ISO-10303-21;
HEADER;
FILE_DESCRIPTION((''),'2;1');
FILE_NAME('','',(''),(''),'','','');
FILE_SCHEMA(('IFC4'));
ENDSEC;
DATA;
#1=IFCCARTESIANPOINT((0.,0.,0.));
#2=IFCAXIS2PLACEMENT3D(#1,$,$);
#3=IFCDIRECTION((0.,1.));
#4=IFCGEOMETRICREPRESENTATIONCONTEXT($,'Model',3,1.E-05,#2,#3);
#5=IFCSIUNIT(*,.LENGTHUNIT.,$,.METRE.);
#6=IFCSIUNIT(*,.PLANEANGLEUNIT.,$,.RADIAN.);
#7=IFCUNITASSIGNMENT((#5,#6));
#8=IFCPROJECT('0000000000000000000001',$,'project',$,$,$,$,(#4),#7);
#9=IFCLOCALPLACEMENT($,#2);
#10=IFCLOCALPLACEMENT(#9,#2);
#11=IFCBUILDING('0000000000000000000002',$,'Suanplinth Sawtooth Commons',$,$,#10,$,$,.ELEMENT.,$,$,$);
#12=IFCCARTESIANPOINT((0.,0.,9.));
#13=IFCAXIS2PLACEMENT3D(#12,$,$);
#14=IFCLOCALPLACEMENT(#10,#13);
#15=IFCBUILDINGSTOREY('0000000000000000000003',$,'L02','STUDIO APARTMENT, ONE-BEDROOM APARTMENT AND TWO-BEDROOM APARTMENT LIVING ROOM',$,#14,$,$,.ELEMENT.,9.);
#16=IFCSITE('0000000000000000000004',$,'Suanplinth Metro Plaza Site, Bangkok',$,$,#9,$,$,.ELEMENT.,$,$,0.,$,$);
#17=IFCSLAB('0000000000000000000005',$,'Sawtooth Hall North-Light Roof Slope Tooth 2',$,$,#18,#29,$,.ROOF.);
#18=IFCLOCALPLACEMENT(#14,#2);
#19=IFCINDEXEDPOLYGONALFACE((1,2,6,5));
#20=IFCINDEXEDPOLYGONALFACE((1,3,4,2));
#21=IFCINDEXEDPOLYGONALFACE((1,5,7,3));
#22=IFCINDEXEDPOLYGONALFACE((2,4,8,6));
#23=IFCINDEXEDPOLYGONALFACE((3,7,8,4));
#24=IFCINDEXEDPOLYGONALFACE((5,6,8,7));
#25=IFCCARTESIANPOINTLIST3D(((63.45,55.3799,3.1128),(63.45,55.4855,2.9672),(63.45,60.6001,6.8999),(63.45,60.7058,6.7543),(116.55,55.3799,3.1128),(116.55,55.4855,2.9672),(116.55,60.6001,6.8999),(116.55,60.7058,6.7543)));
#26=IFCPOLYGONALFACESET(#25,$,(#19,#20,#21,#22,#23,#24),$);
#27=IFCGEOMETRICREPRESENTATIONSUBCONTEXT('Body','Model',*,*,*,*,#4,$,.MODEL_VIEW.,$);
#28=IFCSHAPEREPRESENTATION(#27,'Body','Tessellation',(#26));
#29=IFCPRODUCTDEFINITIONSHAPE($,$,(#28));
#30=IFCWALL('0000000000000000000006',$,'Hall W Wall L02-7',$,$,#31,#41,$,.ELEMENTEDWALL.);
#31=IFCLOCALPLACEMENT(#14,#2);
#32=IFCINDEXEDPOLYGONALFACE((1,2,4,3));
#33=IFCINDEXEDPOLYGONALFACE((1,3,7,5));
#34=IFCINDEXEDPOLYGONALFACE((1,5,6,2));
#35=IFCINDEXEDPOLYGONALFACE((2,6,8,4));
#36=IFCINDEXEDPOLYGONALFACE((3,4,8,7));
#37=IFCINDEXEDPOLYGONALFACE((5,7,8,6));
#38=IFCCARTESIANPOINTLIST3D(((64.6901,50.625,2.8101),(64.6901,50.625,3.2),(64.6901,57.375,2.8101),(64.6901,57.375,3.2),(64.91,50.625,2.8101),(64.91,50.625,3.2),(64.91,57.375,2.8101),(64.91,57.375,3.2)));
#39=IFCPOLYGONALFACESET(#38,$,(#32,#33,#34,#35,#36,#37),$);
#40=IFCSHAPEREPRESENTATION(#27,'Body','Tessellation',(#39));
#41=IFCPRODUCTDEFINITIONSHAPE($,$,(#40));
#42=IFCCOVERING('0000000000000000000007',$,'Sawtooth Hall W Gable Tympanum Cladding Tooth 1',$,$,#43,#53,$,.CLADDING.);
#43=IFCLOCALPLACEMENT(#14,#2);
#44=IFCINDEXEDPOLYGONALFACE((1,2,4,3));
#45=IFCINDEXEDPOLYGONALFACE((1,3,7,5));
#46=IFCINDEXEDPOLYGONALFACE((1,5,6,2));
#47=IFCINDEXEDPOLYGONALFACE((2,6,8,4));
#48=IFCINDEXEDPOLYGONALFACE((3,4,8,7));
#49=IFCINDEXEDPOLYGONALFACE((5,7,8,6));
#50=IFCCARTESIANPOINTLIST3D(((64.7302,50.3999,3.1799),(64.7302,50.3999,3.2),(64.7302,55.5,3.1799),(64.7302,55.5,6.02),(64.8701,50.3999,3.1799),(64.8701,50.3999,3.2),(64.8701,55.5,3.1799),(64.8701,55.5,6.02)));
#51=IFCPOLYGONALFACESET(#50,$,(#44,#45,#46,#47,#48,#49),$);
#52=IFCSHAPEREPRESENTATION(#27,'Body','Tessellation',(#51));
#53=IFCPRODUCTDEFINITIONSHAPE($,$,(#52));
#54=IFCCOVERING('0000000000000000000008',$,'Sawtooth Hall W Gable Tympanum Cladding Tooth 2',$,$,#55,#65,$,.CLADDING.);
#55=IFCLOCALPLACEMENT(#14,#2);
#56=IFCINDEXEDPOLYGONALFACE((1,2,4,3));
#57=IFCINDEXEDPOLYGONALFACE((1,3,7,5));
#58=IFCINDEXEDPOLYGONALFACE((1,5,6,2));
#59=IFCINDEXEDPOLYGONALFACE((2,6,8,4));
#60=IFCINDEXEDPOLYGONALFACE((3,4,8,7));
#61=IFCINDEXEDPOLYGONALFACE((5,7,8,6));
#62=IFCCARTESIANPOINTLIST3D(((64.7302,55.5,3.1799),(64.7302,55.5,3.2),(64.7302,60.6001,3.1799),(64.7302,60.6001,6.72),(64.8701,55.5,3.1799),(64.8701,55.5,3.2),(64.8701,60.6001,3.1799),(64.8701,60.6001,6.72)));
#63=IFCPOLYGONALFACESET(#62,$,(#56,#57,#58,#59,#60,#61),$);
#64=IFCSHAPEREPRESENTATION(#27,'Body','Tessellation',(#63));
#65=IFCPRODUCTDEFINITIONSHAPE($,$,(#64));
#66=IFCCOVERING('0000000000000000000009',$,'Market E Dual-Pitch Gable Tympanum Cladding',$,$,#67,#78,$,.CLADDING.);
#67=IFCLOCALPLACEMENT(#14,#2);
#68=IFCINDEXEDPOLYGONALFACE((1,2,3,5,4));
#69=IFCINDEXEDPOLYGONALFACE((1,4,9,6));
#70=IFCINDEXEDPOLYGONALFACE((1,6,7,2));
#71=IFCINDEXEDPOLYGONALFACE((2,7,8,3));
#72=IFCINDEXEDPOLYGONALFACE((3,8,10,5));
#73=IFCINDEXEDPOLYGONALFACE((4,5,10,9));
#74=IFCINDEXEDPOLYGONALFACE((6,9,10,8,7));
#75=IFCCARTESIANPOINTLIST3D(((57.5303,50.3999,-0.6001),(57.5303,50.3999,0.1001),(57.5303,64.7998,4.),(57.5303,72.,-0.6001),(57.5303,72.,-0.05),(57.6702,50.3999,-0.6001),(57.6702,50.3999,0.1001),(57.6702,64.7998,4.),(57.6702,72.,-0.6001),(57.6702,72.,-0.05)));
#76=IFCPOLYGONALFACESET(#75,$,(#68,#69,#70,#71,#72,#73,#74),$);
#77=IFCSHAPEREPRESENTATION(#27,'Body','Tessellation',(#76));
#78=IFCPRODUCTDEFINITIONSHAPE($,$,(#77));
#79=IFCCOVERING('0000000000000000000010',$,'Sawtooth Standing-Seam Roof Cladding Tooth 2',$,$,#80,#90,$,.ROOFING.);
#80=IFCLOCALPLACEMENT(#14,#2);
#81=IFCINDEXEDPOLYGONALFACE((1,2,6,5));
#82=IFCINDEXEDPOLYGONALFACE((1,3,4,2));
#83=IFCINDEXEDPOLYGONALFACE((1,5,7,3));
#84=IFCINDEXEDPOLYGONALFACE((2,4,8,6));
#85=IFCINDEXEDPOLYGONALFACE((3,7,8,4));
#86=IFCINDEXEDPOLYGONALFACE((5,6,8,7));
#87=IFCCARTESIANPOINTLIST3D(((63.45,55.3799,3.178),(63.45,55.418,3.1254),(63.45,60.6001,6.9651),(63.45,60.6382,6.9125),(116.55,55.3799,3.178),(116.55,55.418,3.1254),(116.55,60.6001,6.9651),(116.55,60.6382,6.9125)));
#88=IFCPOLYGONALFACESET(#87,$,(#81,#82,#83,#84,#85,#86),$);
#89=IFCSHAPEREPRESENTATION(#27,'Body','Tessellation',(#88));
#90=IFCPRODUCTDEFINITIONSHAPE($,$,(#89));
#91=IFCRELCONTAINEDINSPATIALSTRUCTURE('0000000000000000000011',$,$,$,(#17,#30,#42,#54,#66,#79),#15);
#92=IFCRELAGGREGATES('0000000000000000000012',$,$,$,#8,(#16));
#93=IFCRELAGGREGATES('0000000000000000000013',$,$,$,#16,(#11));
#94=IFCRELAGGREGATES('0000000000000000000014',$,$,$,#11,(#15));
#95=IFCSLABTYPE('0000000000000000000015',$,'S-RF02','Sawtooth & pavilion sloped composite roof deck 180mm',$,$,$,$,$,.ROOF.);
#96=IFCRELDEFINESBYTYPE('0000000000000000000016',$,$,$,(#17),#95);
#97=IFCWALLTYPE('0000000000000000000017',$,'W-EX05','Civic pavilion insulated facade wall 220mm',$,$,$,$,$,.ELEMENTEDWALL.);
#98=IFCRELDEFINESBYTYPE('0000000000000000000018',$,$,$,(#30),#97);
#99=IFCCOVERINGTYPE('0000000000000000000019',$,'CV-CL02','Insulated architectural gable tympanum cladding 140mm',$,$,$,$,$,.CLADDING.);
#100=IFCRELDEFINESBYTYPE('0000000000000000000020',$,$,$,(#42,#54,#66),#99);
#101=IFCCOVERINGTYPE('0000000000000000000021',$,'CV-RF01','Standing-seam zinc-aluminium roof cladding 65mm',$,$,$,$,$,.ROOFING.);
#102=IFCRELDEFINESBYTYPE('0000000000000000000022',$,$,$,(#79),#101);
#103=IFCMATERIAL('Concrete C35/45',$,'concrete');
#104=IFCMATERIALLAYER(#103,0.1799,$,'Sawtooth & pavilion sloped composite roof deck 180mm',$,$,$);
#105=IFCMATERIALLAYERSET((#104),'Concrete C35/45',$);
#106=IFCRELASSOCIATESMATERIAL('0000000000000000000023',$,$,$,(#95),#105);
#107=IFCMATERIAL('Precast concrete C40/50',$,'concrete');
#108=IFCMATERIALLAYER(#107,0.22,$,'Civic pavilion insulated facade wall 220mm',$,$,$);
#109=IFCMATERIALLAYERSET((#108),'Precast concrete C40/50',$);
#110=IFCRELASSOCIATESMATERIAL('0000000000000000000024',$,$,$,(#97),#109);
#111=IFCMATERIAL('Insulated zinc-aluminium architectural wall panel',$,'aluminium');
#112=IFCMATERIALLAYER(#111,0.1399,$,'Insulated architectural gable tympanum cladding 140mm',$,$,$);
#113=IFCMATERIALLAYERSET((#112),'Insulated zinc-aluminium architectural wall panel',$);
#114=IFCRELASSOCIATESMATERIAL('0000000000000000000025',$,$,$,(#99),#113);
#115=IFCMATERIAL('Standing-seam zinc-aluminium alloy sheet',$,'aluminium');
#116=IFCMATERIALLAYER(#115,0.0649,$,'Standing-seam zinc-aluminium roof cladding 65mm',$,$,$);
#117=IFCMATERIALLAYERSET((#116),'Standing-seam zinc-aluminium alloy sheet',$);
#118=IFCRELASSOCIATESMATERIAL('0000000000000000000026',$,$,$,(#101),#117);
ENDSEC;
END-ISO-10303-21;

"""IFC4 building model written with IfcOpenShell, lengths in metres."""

from ifc_helpers import new_model, si_unit, direction, frame, frame_2d, origin, place, context, subcontext, project, spatial, polyline, rectangle, outline, extrude, material, layer, layer_set, type_object, element, save


model = new_model("IFC4")

# Units and contexts
model_context = context("Model", 3, precision=1e-05, world=origin(), true_north=direction((0.0, 1.0)))
body_context = subcontext(model_context, "Body", "Model", "MODEL_VIEW")
ifc_project = project(units=[si_unit("LENGTHUNIT", "METRE"), si_unit("PLANEANGLEUNIT", "RADIAN")], contexts=[model_context])

# Site, building, storey
site_placement = place(None, origin())
site = spatial("IfcSite", under=ifc_project, at=site_placement, Name="Suanplinth Metro Plaza Site, Bangkok", CompositionType="ELEMENT", RefElevation=0.0)
building_placement = place(site_placement, origin())
building = spatial("IfcBuilding", under=site, at=building_placement, Name="Suanplinth Sawtooth Commons", CompositionType="ELEMENT")
storey_placement = place(building_placement, frame((0.0, 0.0, 9.0)))
storey = spatial("IfcBuildingStorey", under=building, at=storey_placement, Name="L02", Description="STUDIO APARTMENT, ONE-BEDROOM APARTMENT AND TWO-BEDROOM APARTMENT LIVING ROOM", CompositionType="ELEMENT", Elevation=9.0)

# Slab
ifc_material_1 = material(Name="Concrete C35/45", Category="concrete")
ifc_layer_1 = layer(ifc_material_1, 0.1799, Name="Sawtooth & pavilion sloped composite roof deck 180mm")
ifc_layer_set_1 = layer_set([ifc_layer_1], Name="Concrete C35/45")
slab_type = type_object("IfcSlabType", Name="S-RF02", Description="Sawtooth & pavilion sloped composite roof deck 180mm", PredefinedType="ROOF", material=ifc_layer_set_1)
slab_placement = place(storey_placement, frame((63.45, 55.3799, 3.1128), z_axis=(0.0, -0.587217, 0.80943), x_axis=(1.0, 0.0, 0.0)))
element("IfcSlab", 1, at=slab_placement, inside=storey, type_object=slab_type, Name="Sawtooth Hall North-Light Roof Slope Tooth 2", PredefinedType="ROOF", context=body_context, shape_type="SweptSolid", body=[
    extrude(outline(polyline([(0.0, 0.0), (53.1001, 0.0), (53.1001, 6.4493), (0.0, 6.4493), (0.0, 0.0)])), origin(), (0.0, 0.0, -1.0), 0.1799),
])

# Wall
ifc_material_2 = material(Name="Precast concrete C40/50", Category="concrete")
ifc_layer_2 = layer(ifc_material_2, 0.22, Name="Civic pavilion insulated facade wall 220mm")
ifc_layer_set_2 = layer_set([ifc_layer_2], Name="Precast concrete C40/50")
wall_type = type_object("IfcWallType", Name="W-EX05", Description="Civic pavilion insulated facade wall 220mm", PredefinedType="ELEMENTEDWALL", material=ifc_layer_set_2)
wall_placement = place(storey_placement, frame((64.8, 50.625, 2.8101), z_axis=(0.0, 0.0, 1.0), x_axis=(0.0, 1.0, 0.0)))
element("IfcWall", 2, at=wall_placement, inside=storey, type_object=wall_type, Name="Hall W Wall L02-7", PredefinedType="ELEMENTEDWALL", context=body_context, shape_type="SweptSolid", body=[
    extrude(rectangle(XDim=6.75, YDim=0.22, at=frame_2d((3.375, 0.0))), origin(), (0.0, 0.0, 1.0), 0.3899),
])

# Coverings
ifc_material_3 = material(Name="Insulated zinc-aluminium architectural wall panel", Category="aluminium")
ifc_layer_3 = layer(ifc_material_3, 0.1399, Name="Insulated architectural gable tympanum cladding 140mm")
ifc_layer_set_3 = layer_set([ifc_layer_3], Name="Insulated zinc-aluminium architectural wall panel")
covering_type_1 = type_object("IfcCoveringType", Name="CV-CL02", Description="Insulated architectural gable tympanum cladding 140mm", PredefinedType="CLADDING", material=ifc_layer_set_3)
covering_1_placement = place(storey_placement, frame((64.8, 50.3999, 3.1799), z_axis=(0.0, 0.0, 1.0), x_axis=(0.0, 1.0, 0.0)))
element("IfcCovering", 3, at=covering_1_placement, inside=storey, type_object=covering_type_1, Name="Sawtooth Hall W Gable Tympanum Cladding Tooth 1", PredefinedType="CLADDING", context=body_context, shape_type="SweptSolid", body=[
    extrude(outline(polyline([(0.0, 0.0), (5.1001, 0.0), (5.1001, 2.8401), (0.0, 0.02), (0.0, 0.0)])), frame((0.0, 0.0698, 0.0), z_axis=(0.0, -1.0, 0.0), x_axis=(1.0, 0.0, 0.0)), (0.0, 0.0, 1.0), 0.1399),
])
covering_2_placement = place(storey_placement, frame((64.8, 55.5, 3.1799), z_axis=(0.0, 0.0, 1.0), x_axis=(0.0, 1.0, 0.0)))
element("IfcCovering", 4, at=covering_2_placement, inside=storey, type_object=covering_type_1, Name="Sawtooth Hall W Gable Tympanum Cladding Tooth 2", PredefinedType="CLADDING", context=body_context, shape_type="SweptSolid", body=[
    extrude(outline(polyline([(0.0, 0.0), (5.1001, 0.0), (5.1001, 3.54), (0.0, 0.02), (0.0, 0.0)])), frame((0.0, 0.0698, 0.0), z_axis=(0.0, -1.0, 0.0), x_axis=(1.0, 0.0, 0.0)), (0.0, 0.0, 1.0), 0.1399),
])
covering_3_placement = place(storey_placement, frame((57.6001, 50.3999, -0.6001), z_axis=(0.0, 0.0, 1.0), x_axis=(0.0, 1.0, 0.0)))
element("IfcCovering", 5, at=covering_3_placement, inside=storey, type_object=covering_type_1, Name="Market E Dual-Pitch Gable Tympanum Cladding", PredefinedType="CLADDING", context=body_context, shape_type="SweptSolid", body=[
    extrude(outline(polyline([(0.0, 0.0), (21.6001, 0.0), (21.6001, 0.55), (14.3999, 4.6001), (0.0, 0.7002), (0.0, 0.0)])), frame((0.0, 0.0698, 0.0), z_axis=(0.0, -1.0, 0.0), x_axis=(1.0, 0.0, 0.0)), (0.0, 0.0, 1.0), 0.1399),
])
ifc_material_4 = material(Name="Standing-seam zinc-aluminium alloy sheet", Category="aluminium")
ifc_layer_4 = layer(ifc_material_4, 0.0649, Name="Standing-seam zinc-aluminium roof cladding 65mm")
ifc_layer_set_4 = layer_set([ifc_layer_4], Name="Standing-seam zinc-aluminium alloy sheet")
covering_type_2 = type_object("IfcCoveringType", Name="CV-RF01", Description="Standing-seam zinc-aluminium roof cladding 65mm", PredefinedType="ROOFING", material=ifc_layer_set_4)
covering_4_placement = place(storey_placement, frame((63.45, 55.3799, 3.178), z_axis=(0.0, -0.587217, 0.80943), x_axis=(1.0, 0.0, 0.0)))
element("IfcCovering", 6, at=covering_4_placement, inside=storey, type_object=covering_type_2, Name="Sawtooth Standing-Seam Roof Cladding Tooth 2", PredefinedType="ROOFING", context=body_context, shape_type="SweptSolid", body=[
    extrude(outline(polyline([(0.0, 0.0), (53.1001, 0.0), (53.1001, 6.4493), (0.0, 6.4493), (0.0, 0.0)])), origin(), (0.0, 0.0, -1.0), 0.0649),
])

save(model, "model.ifc")
